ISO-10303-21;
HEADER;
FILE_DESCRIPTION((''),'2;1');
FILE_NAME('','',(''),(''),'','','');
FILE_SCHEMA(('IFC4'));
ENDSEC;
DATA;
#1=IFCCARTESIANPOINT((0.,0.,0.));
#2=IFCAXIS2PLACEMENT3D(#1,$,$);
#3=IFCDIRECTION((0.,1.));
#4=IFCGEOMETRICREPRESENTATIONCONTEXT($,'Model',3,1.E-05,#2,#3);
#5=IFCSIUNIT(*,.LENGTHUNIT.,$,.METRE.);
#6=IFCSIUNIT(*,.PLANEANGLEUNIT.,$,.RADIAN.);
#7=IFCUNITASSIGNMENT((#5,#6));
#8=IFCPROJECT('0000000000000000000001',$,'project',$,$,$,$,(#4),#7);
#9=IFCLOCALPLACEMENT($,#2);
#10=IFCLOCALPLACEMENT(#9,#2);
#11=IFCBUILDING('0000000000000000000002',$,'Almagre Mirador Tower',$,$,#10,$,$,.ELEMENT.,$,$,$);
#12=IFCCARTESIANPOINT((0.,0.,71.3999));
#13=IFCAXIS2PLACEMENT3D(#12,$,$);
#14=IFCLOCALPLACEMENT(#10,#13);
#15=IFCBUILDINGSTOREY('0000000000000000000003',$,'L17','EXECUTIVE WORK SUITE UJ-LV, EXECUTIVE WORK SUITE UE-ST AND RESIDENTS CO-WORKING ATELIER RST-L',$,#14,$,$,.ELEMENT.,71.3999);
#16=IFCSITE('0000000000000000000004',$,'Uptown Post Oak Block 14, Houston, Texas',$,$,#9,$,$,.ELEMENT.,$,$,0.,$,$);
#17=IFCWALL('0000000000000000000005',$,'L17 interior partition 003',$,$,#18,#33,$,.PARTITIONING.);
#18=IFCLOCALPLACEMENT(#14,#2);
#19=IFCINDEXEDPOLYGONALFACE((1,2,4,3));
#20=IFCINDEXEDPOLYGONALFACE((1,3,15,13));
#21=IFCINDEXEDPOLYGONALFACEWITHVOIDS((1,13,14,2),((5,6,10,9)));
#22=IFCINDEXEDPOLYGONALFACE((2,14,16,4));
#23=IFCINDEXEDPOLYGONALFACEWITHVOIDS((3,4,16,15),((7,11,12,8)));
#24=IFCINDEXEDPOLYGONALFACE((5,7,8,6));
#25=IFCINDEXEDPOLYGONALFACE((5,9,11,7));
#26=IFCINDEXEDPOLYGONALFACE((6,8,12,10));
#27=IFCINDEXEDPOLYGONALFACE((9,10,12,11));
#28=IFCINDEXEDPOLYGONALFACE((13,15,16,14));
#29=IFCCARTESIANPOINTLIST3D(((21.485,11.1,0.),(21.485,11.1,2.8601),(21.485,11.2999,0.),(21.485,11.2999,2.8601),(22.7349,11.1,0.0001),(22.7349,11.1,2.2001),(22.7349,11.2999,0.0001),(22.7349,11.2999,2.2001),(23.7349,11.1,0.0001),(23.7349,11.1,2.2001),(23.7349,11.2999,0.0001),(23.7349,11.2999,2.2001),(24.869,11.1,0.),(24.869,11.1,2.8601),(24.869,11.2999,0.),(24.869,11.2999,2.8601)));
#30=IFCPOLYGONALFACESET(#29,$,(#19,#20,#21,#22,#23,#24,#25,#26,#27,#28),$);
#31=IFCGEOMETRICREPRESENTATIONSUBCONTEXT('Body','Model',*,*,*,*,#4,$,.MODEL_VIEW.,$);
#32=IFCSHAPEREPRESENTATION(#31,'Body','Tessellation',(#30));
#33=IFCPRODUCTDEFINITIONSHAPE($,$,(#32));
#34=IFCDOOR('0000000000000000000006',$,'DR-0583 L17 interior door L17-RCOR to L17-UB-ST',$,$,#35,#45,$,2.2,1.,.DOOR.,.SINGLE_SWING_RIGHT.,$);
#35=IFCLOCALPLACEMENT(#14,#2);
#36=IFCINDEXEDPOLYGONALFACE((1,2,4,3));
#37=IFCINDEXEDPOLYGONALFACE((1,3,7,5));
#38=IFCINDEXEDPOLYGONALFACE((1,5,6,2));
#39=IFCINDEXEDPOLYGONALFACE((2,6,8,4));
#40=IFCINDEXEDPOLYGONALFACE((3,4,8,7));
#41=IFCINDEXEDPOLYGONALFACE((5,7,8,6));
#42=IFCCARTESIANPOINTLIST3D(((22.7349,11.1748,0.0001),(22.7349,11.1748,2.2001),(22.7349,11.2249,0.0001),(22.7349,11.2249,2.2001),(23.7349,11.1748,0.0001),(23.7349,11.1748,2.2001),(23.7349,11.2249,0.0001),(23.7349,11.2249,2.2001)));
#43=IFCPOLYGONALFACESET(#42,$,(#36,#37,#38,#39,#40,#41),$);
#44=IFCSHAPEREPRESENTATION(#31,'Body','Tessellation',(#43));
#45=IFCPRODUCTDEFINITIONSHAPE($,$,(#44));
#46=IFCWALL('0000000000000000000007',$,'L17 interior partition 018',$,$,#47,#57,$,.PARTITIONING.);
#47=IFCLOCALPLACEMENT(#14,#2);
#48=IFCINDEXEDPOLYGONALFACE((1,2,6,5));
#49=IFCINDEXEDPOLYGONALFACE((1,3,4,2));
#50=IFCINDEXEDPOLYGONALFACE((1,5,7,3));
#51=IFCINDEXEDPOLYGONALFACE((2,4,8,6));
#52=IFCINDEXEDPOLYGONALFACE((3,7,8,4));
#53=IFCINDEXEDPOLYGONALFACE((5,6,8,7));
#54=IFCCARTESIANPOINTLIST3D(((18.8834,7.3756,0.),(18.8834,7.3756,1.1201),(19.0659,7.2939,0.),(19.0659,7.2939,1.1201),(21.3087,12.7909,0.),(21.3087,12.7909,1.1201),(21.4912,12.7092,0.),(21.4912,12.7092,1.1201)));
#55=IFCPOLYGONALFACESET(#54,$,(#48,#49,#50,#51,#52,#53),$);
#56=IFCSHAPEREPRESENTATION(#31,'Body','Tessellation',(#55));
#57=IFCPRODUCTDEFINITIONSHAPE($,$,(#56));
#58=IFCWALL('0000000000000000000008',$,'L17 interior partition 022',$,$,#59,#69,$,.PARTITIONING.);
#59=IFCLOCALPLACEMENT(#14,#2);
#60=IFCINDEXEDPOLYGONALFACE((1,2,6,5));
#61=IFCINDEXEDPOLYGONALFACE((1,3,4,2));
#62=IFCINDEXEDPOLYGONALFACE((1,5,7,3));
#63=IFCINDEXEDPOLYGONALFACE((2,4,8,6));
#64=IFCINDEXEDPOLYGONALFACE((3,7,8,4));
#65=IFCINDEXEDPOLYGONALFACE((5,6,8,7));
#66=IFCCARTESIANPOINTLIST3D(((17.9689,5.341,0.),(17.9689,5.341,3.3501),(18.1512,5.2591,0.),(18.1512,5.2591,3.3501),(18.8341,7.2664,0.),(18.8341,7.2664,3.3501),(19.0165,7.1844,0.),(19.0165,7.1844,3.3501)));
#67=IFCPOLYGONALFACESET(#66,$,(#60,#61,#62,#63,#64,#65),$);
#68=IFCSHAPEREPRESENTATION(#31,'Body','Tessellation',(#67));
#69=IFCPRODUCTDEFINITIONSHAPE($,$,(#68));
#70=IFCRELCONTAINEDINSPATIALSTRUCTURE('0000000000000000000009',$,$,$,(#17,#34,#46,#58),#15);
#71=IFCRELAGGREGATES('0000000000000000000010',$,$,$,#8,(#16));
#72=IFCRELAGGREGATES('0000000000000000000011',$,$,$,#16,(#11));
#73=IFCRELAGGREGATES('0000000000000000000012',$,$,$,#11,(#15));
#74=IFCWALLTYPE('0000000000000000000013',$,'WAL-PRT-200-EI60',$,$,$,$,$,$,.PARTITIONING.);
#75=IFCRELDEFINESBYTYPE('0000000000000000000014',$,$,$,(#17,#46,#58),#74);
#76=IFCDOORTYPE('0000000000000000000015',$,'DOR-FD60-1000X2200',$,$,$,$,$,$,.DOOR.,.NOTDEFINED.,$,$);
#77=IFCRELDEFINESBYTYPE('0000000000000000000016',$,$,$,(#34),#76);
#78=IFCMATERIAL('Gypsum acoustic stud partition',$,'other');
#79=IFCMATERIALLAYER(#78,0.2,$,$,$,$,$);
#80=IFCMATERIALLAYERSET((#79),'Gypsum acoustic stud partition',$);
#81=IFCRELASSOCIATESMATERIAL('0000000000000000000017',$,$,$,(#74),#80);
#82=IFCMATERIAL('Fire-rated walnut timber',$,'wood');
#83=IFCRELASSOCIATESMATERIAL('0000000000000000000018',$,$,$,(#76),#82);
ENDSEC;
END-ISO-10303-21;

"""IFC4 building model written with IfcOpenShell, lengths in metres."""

from ifc_helpers import new_model, si_unit, direction, frame, frame_2d, origin, place, context, subcontext, project, spatial, rectangle, extrude, material, layer, layer_set, type_object, element, fill, save


model = new_model("IFC4")

# Units and contexts
model_context = context("Model", 3, precision=1e-05, world=origin(), true_north=direction((0.0, 1.0)))
body_context = subcontext(model_context, "Body", "Model", "MODEL_VIEW")
ifc_project = project(units=[si_unit("LENGTHUNIT", "METRE"), si_unit("PLANEANGLEUNIT", "RADIAN")], contexts=[model_context])

# Site, building, storey
site_placement = place(None, origin())
site = spatial("IfcSite", under=ifc_project, at=site_placement, Name="Uptown Post Oak Block 14, Houston, Texas", CompositionType="ELEMENT", RefElevation=0.0)
building_placement = place(site_placement, origin())
building = spatial("IfcBuilding", under=site, at=building_placement, Name="Almagre Mirador Tower", CompositionType="ELEMENT")
storey_placement = place(building_placement, frame((0.0, 0.0, 71.3999)))
storey = spatial("IfcBuildingStorey", under=building, at=storey_placement, Name="L17", Description="EXECUTIVE WORK SUITE UJ-LV, EXECUTIVE WORK SUITE UE-ST AND RESIDENTS CO-WORKING ATELIER RST-L", CompositionType="ELEMENT", Elevation=71.3999)

# Wall, opening, door
ifc_material_1 = material(Name="Gypsum acoustic stud partition", Category="other")
ifc_layer_1 = layer(ifc_material_1, 0.2)
ifc_layer_set_1 = layer_set([ifc_layer_1], Name="Gypsum acoustic stud partition")
wall_type_1 = type_object("IfcWallType", Name="WAL-PRT-200-EI60", PredefinedType="PARTITIONING", material=ifc_layer_set_1)
wall_1_placement = place(storey_placement, frame((21.4851, 11.2, 0.0), z_axis=(0.0, 0.0, 1.0), x_axis=(1.0, 0.0, 0.0)))
wall_1 = element("IfcWall", 1, at=wall_1_placement, inside=storey, type_object=wall_type_1, Name="L17 interior partition 003", PredefinedType="PARTITIONING", context=body_context, shape_type="SweptSolid", body=[
    extrude(rectangle(XDim=3.384, YDim=0.2, at=frame_2d((1.6919, 0.0))), origin(), (0.0, 0.0, 1.0), 2.8601),
])
opening_1_placement = place(wall_1_placement, frame((1.2498, 0.0, 0.0)))
opening_1 = element("IfcOpeningElement", 2, at=opening_1_placement, cuts=wall_1, PredefinedType="OPENING", context=body_context, shape_type="SweptSolid", body=[
    extrude(rectangle(XDim=1.0, YDim=2.2, at=frame_2d((0.5, 1.1001))), frame((0.0, 0.1101, 0.0), z_axis=(0.0, -1.0, 0.0), x_axis=(1.0, 0.0, 0.0)), (0.0, 0.0, 1.0), 0.22),
])
ifc_material_2 = material(Name="Fire-rated walnut timber", Category="wood")
door_type_1 = type_object("IfcDoorType", Name="DOR-FD60-1000X2200", OperationType="NOTDEFINED", PredefinedType="DOOR", material=ifc_material_2)
door_1_placement = place(opening_1_placement, origin())
door_1 = element("IfcDoor", 3, at=door_1_placement, inside=storey, type_object=door_type_1, Name="DR-0583 L17 interior door L17-RCOR to L17-UB-ST", OperationType="SINGLE_SWING_RIGHT", OverallHeight=2.2, OverallWidth=1.0, PredefinedType="DOOR", context=body_context, shape_type="SweptSolid", body=[
    extrude(rectangle(XDim=1.0, YDim=2.2, at=frame_2d((0.5, 1.1001))), frame((0.0, 0.0249, 0.0), z_axis=(0.0, -1.0, 0.0), x_axis=(1.0, 0.0, 0.0)), (0.0, 0.0, 1.0), 0.05),
])
fill(opening_1, door_1)

# Walls
wall_2_placement = place(storey_placement, frame((18.9746, 7.3347, 0.0), z_axis=(0.0, 0.0, 1.0), x_axis=(0.40874, 0.912651, 0.0)))
element("IfcWall", 4, at=wall_2_placement, inside=storey, type_object=wall_type_1, Name="L17 interior partition 018", PredefinedType="PARTITIONING", context=body_context, shape_type="SweptSolid", body=[
    extrude(rectangle(XDim=5.9336, YDim=0.2, at=frame_2d((2.9668, 0.0))), origin(), (0.0, 0.0, 1.0), 1.1201),
])
wall_3_placement = place(storey_placement, frame((18.0601, 5.3, 0.0), z_axis=(0.0, 0.0, 1.0), x_axis=(0.409913, 0.912125, 0.0)))
element("IfcWall", 5, at=wall_3_placement, inside=storey, type_object=wall_type_1, Name="L17 interior partition 022", PredefinedType="PARTITIONING", context=body_context, shape_type="SweptSolid", body=[
    extrude(rectangle(XDim=2.1108, YDim=0.2, at=frame_2d((1.0554, 0.0))), origin(), (0.0, 0.0, 1.0), 3.3501),
])

save(model, "model.ifc")
